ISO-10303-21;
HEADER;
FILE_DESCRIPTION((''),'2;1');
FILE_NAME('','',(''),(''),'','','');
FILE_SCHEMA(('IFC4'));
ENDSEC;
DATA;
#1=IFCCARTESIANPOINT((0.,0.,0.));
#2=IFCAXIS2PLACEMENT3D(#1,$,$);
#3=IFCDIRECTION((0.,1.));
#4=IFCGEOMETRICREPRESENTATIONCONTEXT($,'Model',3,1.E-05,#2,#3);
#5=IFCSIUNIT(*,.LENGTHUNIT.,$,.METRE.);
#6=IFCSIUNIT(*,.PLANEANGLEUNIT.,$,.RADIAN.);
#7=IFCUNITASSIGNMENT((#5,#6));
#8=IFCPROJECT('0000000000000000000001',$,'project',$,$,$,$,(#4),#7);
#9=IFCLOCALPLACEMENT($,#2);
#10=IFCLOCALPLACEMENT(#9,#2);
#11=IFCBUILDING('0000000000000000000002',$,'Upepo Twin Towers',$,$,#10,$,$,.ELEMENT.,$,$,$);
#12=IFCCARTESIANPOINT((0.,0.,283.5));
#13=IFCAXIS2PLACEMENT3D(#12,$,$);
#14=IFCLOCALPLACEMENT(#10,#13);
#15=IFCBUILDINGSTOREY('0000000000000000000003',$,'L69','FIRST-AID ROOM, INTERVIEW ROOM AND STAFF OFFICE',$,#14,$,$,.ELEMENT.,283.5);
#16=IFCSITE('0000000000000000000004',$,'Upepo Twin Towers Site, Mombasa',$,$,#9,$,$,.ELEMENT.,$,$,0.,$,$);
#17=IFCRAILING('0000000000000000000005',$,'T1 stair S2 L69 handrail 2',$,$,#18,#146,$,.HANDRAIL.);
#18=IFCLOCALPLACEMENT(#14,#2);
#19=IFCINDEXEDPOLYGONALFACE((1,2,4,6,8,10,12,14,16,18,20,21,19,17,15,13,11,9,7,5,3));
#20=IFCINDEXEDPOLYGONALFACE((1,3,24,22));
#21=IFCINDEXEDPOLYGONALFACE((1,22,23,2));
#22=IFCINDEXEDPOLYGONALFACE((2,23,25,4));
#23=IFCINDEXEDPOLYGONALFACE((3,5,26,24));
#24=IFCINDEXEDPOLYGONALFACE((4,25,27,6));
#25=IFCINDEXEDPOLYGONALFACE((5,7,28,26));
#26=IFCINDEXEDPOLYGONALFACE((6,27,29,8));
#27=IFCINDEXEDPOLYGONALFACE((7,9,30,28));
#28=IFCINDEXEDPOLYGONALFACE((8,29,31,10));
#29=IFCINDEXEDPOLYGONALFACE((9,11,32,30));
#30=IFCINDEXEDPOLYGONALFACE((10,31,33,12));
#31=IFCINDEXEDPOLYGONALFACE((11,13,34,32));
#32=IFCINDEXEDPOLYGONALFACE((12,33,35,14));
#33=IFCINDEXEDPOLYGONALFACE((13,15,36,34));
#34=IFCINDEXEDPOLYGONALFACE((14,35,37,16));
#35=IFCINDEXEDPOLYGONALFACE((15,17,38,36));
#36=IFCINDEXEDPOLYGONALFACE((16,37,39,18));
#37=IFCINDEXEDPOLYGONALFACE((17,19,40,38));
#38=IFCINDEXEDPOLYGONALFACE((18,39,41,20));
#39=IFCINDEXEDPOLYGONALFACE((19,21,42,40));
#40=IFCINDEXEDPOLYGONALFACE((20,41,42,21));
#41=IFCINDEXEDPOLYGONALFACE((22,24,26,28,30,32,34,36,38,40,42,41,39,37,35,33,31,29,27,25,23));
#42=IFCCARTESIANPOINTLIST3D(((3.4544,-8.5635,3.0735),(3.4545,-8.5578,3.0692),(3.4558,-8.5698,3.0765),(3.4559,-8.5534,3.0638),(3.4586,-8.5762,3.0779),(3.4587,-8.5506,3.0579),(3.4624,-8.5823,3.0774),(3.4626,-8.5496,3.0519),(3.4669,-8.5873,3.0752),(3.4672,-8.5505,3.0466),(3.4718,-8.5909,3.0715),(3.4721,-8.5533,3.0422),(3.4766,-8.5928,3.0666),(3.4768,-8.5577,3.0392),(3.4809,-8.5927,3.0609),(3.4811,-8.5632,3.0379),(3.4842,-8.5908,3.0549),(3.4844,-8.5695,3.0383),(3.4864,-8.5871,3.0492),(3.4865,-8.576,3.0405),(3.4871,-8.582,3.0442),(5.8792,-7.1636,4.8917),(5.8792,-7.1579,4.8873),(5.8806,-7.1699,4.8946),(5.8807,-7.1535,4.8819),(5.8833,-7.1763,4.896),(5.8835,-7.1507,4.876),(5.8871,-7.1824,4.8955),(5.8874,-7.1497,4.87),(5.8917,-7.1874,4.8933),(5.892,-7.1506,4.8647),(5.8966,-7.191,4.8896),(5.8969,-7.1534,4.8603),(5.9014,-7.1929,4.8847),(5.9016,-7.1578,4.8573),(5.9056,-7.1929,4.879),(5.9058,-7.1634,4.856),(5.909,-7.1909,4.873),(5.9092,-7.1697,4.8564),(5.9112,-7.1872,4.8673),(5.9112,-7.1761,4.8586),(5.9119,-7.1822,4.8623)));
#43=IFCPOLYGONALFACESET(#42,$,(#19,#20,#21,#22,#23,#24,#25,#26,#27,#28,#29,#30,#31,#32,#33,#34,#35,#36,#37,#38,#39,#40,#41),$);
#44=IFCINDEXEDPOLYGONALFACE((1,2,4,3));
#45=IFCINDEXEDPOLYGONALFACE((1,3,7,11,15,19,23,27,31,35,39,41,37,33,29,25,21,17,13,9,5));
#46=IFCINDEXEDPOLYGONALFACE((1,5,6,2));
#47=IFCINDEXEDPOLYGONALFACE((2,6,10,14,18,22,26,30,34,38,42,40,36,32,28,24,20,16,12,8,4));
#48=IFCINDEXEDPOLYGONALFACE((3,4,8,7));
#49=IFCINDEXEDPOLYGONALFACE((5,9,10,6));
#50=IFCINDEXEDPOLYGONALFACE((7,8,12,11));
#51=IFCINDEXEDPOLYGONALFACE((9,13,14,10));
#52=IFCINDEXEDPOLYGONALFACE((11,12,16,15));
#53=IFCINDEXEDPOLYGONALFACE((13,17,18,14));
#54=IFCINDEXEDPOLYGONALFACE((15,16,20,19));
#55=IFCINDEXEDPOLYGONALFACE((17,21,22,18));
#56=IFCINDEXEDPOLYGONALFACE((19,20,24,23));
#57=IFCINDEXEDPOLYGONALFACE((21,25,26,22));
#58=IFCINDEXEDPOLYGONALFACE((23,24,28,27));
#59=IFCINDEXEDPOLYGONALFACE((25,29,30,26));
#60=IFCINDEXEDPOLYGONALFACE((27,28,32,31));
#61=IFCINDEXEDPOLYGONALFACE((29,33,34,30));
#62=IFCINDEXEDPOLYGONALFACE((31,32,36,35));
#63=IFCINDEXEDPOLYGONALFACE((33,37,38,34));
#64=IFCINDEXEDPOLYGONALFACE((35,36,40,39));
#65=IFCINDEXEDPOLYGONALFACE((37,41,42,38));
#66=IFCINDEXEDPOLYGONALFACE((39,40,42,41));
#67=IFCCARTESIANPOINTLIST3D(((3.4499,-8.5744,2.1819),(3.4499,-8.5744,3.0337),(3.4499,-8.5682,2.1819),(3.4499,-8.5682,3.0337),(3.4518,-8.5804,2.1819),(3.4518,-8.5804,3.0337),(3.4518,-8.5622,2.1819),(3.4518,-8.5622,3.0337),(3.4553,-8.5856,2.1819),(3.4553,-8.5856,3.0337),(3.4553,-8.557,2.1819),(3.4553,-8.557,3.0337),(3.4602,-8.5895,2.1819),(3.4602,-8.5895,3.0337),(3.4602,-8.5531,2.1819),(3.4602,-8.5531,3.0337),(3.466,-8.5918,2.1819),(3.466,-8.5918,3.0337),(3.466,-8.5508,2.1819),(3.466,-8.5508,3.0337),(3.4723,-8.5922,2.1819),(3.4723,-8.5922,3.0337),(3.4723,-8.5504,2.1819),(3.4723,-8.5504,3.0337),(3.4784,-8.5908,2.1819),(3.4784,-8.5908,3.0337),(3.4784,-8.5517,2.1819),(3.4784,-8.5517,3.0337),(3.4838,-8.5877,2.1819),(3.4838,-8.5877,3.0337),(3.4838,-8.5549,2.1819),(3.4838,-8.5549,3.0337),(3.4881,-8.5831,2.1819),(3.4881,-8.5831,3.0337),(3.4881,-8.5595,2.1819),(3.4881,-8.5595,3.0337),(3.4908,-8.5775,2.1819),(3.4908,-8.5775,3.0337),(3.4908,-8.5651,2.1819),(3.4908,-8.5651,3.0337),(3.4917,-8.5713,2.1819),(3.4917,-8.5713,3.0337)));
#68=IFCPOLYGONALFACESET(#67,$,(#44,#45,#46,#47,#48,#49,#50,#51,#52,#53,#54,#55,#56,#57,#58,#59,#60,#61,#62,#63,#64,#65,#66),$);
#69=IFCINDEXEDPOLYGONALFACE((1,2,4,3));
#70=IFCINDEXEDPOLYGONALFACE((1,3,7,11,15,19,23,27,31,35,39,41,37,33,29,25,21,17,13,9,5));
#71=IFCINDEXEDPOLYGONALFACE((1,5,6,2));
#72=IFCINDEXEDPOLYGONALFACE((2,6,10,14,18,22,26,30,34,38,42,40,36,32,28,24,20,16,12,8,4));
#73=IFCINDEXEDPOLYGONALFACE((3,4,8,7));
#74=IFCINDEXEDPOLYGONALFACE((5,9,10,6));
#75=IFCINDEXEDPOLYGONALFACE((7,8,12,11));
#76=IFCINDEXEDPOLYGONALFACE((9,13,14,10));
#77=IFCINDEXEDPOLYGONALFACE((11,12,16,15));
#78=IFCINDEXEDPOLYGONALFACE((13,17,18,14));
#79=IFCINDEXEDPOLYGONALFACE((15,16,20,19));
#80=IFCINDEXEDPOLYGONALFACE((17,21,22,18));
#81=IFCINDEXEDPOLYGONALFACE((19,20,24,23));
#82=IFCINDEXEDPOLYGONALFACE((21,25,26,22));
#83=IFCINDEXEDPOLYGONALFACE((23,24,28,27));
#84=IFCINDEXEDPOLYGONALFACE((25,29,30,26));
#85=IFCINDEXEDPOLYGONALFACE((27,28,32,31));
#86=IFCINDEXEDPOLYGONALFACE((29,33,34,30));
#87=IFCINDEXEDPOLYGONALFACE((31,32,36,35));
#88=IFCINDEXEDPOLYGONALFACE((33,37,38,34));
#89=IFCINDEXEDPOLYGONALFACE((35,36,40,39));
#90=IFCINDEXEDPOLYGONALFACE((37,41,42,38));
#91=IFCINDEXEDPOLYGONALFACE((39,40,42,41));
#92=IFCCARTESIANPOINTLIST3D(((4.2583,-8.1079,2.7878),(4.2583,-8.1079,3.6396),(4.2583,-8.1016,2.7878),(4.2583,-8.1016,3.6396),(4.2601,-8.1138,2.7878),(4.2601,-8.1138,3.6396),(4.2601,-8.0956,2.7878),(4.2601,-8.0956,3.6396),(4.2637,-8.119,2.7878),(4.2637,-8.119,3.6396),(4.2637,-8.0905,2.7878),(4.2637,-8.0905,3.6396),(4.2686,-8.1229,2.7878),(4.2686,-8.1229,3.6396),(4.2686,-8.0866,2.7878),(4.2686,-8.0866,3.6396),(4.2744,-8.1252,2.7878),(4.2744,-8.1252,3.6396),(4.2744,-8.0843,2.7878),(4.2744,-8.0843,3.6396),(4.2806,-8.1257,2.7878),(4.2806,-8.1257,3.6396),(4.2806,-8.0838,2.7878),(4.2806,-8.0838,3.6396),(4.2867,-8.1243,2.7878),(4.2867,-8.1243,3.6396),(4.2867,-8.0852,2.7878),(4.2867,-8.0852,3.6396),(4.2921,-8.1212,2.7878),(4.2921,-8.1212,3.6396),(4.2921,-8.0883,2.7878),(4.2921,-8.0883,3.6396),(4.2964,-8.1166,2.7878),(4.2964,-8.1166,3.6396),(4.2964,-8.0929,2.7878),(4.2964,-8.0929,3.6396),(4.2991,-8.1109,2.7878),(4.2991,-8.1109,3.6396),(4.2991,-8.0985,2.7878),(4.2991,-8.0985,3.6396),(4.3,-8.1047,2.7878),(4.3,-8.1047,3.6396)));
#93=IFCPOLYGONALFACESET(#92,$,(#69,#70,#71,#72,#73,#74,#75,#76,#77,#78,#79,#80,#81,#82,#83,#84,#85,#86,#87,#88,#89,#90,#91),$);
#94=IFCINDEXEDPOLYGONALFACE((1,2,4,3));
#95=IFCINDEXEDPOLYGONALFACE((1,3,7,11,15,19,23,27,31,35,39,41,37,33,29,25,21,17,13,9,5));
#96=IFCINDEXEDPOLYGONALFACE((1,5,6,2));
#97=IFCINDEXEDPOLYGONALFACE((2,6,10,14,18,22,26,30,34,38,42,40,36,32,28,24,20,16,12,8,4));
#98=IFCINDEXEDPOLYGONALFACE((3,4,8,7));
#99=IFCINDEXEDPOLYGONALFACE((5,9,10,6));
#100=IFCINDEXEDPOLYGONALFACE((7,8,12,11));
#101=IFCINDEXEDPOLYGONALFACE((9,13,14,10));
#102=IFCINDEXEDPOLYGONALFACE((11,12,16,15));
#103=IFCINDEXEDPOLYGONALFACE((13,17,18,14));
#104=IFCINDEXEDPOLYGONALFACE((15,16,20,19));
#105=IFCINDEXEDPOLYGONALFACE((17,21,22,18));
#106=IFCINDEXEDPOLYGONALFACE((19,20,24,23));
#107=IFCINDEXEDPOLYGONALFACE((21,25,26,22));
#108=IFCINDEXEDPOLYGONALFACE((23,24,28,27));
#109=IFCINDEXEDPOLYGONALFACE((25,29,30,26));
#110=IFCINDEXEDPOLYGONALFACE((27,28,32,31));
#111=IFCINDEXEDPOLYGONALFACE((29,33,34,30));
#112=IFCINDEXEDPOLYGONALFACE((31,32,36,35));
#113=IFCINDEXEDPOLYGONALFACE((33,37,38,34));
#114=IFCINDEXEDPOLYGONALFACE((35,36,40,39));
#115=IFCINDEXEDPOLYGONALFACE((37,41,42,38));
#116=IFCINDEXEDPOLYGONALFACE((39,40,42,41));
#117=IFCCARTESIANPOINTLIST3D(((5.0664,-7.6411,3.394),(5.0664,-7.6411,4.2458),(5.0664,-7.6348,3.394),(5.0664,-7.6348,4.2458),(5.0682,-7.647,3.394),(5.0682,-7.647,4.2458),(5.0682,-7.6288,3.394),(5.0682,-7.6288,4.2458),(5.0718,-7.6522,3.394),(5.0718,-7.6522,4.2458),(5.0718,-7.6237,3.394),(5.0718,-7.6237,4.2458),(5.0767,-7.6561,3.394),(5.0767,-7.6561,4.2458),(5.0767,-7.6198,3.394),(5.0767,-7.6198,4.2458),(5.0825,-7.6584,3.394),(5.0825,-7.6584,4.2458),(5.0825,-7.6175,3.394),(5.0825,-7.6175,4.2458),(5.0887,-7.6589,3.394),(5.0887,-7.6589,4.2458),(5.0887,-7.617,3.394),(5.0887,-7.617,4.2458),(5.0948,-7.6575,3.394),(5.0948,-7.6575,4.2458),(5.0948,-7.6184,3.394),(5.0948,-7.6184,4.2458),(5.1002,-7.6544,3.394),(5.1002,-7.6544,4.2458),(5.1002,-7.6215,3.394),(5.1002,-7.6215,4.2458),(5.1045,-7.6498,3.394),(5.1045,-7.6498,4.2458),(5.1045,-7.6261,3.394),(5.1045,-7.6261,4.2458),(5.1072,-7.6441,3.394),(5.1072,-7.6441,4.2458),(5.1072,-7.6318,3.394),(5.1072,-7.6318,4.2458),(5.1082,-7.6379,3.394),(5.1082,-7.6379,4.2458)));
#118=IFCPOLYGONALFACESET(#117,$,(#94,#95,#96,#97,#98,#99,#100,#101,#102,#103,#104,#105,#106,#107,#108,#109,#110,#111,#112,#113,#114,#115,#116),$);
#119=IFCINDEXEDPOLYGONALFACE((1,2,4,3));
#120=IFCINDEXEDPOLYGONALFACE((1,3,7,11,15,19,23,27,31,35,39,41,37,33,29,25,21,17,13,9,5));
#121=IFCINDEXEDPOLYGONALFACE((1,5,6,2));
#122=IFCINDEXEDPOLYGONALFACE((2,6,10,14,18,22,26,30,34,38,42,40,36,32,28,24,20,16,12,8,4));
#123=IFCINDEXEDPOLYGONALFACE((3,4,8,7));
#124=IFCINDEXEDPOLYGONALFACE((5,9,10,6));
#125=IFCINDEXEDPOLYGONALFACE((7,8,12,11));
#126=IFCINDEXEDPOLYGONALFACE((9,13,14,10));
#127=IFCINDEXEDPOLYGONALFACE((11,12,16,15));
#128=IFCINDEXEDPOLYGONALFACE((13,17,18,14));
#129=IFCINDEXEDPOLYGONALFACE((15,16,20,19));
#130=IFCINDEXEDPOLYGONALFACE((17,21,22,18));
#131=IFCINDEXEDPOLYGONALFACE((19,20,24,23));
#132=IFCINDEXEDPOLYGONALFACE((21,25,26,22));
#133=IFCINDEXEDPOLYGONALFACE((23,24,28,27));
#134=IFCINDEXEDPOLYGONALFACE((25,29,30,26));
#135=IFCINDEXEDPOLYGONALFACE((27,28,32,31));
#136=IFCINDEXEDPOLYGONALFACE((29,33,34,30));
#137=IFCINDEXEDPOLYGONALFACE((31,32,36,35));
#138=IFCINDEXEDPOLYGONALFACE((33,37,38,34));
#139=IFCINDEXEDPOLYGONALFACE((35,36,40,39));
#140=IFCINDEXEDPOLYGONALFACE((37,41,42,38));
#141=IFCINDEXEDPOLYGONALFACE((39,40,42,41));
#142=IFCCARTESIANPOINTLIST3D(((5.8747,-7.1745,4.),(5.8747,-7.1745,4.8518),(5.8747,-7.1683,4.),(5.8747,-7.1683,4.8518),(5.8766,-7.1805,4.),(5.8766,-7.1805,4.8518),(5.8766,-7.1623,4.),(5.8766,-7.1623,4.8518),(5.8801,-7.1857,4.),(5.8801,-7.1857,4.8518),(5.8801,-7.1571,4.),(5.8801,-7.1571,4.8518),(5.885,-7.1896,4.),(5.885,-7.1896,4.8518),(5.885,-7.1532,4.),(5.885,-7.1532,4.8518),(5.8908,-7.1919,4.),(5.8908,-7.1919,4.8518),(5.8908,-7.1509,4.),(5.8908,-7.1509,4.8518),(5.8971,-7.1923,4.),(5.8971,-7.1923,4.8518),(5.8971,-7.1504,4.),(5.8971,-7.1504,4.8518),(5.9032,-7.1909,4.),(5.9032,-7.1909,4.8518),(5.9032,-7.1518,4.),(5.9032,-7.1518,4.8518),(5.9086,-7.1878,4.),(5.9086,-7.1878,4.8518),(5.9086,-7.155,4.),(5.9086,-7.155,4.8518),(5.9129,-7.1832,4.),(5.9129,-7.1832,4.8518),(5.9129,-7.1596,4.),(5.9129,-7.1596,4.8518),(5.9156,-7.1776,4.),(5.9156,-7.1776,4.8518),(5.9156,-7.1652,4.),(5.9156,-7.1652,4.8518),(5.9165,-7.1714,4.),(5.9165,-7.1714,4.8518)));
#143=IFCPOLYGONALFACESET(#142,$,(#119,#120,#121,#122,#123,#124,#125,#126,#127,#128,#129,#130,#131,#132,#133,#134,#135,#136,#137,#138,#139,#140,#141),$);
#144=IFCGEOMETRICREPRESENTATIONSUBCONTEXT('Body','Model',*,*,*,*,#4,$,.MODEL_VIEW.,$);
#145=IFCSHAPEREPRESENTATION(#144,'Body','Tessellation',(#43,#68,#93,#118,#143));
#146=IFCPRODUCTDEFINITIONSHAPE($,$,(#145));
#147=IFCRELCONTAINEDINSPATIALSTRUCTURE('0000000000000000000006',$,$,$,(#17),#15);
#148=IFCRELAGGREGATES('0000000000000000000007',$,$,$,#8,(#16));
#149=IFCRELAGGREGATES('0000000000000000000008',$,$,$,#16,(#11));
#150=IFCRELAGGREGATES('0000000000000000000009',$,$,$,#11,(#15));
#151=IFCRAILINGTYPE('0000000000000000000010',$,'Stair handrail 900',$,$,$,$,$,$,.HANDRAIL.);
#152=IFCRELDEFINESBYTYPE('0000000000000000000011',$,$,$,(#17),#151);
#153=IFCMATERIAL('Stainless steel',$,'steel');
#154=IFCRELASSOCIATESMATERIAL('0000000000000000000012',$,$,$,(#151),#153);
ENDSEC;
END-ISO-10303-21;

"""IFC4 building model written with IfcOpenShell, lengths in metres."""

from ifc_helpers import new_model, si_unit, direction, frame, origin, origin_2d, place, context, subcontext, project, spatial, circle, extrude, material, type_object, element, save


model = new_model("IFC4")

# Units and contexts
model_context = context("Model", 3, precision=1e-05, world=origin(), true_north=direction((0.0, 1.0)))
body_context = subcontext(model_context, "Body", "Model", "MODEL_VIEW")
ifc_project = project(units=[si_unit("LENGTHUNIT", "METRE"), si_unit("PLANEANGLEUNIT", "RADIAN")], contexts=[model_context])

# Site, building, storey
site_placement = place(None, origin())
site = spatial("IfcSite", under=ifc_project, at=site_placement, Name="Upepo Twin Towers Site, Mombasa", CompositionType="ELEMENT", RefElevation=0.0)
building_placement = place(site_placement, origin())
building = spatial("IfcBuilding", under=site, at=building_placement, Name="Upepo Twin Towers", CompositionType="ELEMENT")
storey_placement = place(building_placement, frame((0.0, 0.0, 283.5)))
storey = spatial("IfcBuildingStorey", under=building, at=storey_placement, Name="L69", Description="FIRST-AID ROOM, INTERVIEW ROOM AND STAFF OFFICE", CompositionType="ELEMENT", Elevation=283.5)

# Railing
ifc_material_1 = material(Name="Stainless steel", Category="steel")
railing_type = type_object("IfcRailingType", Name="Stair handrail 900", PredefinedType="HANDRAIL", material=ifc_material_1)
railing_1_placement = place(storey_placement, frame((3.4707, -8.5713, 2.1819)))
element("IfcRailing", 1, at=railing_1_placement, inside=storey, type_object=railing_type, Name="T1 stair S2 L69 handrail 2", PredefinedType="HANDRAIL", context=body_context, shape_type="SweptSolid", body=[
    extrude(circle(Radius=0.0239, at=origin_2d()), frame((0.0, 0.0, 0.876), z_axis=(0.726336, 0.419333, 0.544606), x_axis=(-0.499984, 0.866035, 0.0)), (0.0, 0.0, 1.0), 3.3384),
    extrude(circle(Radius=0.021, at=origin_2d()), origin(), (0.0, 0.0, 1.0), 0.8518),
    extrude(circle(Radius=0.021, at=origin_2d()), frame((0.8083, 0.4666, 0.606)), (0.0, 0.0, 1.0), 0.8518),
    extrude(circle(Radius=0.021, at=origin_2d()), frame((1.6165, 0.9333, 1.2122)), (0.0, 0.0, 1.0), 0.8518),
    extrude(circle(Radius=0.021, at=origin_2d()), frame((2.4248, 1.3999, 1.8181)), (0.0, 0.0, 1.0), 0.8518),
])

save(model, "model.ifc")
